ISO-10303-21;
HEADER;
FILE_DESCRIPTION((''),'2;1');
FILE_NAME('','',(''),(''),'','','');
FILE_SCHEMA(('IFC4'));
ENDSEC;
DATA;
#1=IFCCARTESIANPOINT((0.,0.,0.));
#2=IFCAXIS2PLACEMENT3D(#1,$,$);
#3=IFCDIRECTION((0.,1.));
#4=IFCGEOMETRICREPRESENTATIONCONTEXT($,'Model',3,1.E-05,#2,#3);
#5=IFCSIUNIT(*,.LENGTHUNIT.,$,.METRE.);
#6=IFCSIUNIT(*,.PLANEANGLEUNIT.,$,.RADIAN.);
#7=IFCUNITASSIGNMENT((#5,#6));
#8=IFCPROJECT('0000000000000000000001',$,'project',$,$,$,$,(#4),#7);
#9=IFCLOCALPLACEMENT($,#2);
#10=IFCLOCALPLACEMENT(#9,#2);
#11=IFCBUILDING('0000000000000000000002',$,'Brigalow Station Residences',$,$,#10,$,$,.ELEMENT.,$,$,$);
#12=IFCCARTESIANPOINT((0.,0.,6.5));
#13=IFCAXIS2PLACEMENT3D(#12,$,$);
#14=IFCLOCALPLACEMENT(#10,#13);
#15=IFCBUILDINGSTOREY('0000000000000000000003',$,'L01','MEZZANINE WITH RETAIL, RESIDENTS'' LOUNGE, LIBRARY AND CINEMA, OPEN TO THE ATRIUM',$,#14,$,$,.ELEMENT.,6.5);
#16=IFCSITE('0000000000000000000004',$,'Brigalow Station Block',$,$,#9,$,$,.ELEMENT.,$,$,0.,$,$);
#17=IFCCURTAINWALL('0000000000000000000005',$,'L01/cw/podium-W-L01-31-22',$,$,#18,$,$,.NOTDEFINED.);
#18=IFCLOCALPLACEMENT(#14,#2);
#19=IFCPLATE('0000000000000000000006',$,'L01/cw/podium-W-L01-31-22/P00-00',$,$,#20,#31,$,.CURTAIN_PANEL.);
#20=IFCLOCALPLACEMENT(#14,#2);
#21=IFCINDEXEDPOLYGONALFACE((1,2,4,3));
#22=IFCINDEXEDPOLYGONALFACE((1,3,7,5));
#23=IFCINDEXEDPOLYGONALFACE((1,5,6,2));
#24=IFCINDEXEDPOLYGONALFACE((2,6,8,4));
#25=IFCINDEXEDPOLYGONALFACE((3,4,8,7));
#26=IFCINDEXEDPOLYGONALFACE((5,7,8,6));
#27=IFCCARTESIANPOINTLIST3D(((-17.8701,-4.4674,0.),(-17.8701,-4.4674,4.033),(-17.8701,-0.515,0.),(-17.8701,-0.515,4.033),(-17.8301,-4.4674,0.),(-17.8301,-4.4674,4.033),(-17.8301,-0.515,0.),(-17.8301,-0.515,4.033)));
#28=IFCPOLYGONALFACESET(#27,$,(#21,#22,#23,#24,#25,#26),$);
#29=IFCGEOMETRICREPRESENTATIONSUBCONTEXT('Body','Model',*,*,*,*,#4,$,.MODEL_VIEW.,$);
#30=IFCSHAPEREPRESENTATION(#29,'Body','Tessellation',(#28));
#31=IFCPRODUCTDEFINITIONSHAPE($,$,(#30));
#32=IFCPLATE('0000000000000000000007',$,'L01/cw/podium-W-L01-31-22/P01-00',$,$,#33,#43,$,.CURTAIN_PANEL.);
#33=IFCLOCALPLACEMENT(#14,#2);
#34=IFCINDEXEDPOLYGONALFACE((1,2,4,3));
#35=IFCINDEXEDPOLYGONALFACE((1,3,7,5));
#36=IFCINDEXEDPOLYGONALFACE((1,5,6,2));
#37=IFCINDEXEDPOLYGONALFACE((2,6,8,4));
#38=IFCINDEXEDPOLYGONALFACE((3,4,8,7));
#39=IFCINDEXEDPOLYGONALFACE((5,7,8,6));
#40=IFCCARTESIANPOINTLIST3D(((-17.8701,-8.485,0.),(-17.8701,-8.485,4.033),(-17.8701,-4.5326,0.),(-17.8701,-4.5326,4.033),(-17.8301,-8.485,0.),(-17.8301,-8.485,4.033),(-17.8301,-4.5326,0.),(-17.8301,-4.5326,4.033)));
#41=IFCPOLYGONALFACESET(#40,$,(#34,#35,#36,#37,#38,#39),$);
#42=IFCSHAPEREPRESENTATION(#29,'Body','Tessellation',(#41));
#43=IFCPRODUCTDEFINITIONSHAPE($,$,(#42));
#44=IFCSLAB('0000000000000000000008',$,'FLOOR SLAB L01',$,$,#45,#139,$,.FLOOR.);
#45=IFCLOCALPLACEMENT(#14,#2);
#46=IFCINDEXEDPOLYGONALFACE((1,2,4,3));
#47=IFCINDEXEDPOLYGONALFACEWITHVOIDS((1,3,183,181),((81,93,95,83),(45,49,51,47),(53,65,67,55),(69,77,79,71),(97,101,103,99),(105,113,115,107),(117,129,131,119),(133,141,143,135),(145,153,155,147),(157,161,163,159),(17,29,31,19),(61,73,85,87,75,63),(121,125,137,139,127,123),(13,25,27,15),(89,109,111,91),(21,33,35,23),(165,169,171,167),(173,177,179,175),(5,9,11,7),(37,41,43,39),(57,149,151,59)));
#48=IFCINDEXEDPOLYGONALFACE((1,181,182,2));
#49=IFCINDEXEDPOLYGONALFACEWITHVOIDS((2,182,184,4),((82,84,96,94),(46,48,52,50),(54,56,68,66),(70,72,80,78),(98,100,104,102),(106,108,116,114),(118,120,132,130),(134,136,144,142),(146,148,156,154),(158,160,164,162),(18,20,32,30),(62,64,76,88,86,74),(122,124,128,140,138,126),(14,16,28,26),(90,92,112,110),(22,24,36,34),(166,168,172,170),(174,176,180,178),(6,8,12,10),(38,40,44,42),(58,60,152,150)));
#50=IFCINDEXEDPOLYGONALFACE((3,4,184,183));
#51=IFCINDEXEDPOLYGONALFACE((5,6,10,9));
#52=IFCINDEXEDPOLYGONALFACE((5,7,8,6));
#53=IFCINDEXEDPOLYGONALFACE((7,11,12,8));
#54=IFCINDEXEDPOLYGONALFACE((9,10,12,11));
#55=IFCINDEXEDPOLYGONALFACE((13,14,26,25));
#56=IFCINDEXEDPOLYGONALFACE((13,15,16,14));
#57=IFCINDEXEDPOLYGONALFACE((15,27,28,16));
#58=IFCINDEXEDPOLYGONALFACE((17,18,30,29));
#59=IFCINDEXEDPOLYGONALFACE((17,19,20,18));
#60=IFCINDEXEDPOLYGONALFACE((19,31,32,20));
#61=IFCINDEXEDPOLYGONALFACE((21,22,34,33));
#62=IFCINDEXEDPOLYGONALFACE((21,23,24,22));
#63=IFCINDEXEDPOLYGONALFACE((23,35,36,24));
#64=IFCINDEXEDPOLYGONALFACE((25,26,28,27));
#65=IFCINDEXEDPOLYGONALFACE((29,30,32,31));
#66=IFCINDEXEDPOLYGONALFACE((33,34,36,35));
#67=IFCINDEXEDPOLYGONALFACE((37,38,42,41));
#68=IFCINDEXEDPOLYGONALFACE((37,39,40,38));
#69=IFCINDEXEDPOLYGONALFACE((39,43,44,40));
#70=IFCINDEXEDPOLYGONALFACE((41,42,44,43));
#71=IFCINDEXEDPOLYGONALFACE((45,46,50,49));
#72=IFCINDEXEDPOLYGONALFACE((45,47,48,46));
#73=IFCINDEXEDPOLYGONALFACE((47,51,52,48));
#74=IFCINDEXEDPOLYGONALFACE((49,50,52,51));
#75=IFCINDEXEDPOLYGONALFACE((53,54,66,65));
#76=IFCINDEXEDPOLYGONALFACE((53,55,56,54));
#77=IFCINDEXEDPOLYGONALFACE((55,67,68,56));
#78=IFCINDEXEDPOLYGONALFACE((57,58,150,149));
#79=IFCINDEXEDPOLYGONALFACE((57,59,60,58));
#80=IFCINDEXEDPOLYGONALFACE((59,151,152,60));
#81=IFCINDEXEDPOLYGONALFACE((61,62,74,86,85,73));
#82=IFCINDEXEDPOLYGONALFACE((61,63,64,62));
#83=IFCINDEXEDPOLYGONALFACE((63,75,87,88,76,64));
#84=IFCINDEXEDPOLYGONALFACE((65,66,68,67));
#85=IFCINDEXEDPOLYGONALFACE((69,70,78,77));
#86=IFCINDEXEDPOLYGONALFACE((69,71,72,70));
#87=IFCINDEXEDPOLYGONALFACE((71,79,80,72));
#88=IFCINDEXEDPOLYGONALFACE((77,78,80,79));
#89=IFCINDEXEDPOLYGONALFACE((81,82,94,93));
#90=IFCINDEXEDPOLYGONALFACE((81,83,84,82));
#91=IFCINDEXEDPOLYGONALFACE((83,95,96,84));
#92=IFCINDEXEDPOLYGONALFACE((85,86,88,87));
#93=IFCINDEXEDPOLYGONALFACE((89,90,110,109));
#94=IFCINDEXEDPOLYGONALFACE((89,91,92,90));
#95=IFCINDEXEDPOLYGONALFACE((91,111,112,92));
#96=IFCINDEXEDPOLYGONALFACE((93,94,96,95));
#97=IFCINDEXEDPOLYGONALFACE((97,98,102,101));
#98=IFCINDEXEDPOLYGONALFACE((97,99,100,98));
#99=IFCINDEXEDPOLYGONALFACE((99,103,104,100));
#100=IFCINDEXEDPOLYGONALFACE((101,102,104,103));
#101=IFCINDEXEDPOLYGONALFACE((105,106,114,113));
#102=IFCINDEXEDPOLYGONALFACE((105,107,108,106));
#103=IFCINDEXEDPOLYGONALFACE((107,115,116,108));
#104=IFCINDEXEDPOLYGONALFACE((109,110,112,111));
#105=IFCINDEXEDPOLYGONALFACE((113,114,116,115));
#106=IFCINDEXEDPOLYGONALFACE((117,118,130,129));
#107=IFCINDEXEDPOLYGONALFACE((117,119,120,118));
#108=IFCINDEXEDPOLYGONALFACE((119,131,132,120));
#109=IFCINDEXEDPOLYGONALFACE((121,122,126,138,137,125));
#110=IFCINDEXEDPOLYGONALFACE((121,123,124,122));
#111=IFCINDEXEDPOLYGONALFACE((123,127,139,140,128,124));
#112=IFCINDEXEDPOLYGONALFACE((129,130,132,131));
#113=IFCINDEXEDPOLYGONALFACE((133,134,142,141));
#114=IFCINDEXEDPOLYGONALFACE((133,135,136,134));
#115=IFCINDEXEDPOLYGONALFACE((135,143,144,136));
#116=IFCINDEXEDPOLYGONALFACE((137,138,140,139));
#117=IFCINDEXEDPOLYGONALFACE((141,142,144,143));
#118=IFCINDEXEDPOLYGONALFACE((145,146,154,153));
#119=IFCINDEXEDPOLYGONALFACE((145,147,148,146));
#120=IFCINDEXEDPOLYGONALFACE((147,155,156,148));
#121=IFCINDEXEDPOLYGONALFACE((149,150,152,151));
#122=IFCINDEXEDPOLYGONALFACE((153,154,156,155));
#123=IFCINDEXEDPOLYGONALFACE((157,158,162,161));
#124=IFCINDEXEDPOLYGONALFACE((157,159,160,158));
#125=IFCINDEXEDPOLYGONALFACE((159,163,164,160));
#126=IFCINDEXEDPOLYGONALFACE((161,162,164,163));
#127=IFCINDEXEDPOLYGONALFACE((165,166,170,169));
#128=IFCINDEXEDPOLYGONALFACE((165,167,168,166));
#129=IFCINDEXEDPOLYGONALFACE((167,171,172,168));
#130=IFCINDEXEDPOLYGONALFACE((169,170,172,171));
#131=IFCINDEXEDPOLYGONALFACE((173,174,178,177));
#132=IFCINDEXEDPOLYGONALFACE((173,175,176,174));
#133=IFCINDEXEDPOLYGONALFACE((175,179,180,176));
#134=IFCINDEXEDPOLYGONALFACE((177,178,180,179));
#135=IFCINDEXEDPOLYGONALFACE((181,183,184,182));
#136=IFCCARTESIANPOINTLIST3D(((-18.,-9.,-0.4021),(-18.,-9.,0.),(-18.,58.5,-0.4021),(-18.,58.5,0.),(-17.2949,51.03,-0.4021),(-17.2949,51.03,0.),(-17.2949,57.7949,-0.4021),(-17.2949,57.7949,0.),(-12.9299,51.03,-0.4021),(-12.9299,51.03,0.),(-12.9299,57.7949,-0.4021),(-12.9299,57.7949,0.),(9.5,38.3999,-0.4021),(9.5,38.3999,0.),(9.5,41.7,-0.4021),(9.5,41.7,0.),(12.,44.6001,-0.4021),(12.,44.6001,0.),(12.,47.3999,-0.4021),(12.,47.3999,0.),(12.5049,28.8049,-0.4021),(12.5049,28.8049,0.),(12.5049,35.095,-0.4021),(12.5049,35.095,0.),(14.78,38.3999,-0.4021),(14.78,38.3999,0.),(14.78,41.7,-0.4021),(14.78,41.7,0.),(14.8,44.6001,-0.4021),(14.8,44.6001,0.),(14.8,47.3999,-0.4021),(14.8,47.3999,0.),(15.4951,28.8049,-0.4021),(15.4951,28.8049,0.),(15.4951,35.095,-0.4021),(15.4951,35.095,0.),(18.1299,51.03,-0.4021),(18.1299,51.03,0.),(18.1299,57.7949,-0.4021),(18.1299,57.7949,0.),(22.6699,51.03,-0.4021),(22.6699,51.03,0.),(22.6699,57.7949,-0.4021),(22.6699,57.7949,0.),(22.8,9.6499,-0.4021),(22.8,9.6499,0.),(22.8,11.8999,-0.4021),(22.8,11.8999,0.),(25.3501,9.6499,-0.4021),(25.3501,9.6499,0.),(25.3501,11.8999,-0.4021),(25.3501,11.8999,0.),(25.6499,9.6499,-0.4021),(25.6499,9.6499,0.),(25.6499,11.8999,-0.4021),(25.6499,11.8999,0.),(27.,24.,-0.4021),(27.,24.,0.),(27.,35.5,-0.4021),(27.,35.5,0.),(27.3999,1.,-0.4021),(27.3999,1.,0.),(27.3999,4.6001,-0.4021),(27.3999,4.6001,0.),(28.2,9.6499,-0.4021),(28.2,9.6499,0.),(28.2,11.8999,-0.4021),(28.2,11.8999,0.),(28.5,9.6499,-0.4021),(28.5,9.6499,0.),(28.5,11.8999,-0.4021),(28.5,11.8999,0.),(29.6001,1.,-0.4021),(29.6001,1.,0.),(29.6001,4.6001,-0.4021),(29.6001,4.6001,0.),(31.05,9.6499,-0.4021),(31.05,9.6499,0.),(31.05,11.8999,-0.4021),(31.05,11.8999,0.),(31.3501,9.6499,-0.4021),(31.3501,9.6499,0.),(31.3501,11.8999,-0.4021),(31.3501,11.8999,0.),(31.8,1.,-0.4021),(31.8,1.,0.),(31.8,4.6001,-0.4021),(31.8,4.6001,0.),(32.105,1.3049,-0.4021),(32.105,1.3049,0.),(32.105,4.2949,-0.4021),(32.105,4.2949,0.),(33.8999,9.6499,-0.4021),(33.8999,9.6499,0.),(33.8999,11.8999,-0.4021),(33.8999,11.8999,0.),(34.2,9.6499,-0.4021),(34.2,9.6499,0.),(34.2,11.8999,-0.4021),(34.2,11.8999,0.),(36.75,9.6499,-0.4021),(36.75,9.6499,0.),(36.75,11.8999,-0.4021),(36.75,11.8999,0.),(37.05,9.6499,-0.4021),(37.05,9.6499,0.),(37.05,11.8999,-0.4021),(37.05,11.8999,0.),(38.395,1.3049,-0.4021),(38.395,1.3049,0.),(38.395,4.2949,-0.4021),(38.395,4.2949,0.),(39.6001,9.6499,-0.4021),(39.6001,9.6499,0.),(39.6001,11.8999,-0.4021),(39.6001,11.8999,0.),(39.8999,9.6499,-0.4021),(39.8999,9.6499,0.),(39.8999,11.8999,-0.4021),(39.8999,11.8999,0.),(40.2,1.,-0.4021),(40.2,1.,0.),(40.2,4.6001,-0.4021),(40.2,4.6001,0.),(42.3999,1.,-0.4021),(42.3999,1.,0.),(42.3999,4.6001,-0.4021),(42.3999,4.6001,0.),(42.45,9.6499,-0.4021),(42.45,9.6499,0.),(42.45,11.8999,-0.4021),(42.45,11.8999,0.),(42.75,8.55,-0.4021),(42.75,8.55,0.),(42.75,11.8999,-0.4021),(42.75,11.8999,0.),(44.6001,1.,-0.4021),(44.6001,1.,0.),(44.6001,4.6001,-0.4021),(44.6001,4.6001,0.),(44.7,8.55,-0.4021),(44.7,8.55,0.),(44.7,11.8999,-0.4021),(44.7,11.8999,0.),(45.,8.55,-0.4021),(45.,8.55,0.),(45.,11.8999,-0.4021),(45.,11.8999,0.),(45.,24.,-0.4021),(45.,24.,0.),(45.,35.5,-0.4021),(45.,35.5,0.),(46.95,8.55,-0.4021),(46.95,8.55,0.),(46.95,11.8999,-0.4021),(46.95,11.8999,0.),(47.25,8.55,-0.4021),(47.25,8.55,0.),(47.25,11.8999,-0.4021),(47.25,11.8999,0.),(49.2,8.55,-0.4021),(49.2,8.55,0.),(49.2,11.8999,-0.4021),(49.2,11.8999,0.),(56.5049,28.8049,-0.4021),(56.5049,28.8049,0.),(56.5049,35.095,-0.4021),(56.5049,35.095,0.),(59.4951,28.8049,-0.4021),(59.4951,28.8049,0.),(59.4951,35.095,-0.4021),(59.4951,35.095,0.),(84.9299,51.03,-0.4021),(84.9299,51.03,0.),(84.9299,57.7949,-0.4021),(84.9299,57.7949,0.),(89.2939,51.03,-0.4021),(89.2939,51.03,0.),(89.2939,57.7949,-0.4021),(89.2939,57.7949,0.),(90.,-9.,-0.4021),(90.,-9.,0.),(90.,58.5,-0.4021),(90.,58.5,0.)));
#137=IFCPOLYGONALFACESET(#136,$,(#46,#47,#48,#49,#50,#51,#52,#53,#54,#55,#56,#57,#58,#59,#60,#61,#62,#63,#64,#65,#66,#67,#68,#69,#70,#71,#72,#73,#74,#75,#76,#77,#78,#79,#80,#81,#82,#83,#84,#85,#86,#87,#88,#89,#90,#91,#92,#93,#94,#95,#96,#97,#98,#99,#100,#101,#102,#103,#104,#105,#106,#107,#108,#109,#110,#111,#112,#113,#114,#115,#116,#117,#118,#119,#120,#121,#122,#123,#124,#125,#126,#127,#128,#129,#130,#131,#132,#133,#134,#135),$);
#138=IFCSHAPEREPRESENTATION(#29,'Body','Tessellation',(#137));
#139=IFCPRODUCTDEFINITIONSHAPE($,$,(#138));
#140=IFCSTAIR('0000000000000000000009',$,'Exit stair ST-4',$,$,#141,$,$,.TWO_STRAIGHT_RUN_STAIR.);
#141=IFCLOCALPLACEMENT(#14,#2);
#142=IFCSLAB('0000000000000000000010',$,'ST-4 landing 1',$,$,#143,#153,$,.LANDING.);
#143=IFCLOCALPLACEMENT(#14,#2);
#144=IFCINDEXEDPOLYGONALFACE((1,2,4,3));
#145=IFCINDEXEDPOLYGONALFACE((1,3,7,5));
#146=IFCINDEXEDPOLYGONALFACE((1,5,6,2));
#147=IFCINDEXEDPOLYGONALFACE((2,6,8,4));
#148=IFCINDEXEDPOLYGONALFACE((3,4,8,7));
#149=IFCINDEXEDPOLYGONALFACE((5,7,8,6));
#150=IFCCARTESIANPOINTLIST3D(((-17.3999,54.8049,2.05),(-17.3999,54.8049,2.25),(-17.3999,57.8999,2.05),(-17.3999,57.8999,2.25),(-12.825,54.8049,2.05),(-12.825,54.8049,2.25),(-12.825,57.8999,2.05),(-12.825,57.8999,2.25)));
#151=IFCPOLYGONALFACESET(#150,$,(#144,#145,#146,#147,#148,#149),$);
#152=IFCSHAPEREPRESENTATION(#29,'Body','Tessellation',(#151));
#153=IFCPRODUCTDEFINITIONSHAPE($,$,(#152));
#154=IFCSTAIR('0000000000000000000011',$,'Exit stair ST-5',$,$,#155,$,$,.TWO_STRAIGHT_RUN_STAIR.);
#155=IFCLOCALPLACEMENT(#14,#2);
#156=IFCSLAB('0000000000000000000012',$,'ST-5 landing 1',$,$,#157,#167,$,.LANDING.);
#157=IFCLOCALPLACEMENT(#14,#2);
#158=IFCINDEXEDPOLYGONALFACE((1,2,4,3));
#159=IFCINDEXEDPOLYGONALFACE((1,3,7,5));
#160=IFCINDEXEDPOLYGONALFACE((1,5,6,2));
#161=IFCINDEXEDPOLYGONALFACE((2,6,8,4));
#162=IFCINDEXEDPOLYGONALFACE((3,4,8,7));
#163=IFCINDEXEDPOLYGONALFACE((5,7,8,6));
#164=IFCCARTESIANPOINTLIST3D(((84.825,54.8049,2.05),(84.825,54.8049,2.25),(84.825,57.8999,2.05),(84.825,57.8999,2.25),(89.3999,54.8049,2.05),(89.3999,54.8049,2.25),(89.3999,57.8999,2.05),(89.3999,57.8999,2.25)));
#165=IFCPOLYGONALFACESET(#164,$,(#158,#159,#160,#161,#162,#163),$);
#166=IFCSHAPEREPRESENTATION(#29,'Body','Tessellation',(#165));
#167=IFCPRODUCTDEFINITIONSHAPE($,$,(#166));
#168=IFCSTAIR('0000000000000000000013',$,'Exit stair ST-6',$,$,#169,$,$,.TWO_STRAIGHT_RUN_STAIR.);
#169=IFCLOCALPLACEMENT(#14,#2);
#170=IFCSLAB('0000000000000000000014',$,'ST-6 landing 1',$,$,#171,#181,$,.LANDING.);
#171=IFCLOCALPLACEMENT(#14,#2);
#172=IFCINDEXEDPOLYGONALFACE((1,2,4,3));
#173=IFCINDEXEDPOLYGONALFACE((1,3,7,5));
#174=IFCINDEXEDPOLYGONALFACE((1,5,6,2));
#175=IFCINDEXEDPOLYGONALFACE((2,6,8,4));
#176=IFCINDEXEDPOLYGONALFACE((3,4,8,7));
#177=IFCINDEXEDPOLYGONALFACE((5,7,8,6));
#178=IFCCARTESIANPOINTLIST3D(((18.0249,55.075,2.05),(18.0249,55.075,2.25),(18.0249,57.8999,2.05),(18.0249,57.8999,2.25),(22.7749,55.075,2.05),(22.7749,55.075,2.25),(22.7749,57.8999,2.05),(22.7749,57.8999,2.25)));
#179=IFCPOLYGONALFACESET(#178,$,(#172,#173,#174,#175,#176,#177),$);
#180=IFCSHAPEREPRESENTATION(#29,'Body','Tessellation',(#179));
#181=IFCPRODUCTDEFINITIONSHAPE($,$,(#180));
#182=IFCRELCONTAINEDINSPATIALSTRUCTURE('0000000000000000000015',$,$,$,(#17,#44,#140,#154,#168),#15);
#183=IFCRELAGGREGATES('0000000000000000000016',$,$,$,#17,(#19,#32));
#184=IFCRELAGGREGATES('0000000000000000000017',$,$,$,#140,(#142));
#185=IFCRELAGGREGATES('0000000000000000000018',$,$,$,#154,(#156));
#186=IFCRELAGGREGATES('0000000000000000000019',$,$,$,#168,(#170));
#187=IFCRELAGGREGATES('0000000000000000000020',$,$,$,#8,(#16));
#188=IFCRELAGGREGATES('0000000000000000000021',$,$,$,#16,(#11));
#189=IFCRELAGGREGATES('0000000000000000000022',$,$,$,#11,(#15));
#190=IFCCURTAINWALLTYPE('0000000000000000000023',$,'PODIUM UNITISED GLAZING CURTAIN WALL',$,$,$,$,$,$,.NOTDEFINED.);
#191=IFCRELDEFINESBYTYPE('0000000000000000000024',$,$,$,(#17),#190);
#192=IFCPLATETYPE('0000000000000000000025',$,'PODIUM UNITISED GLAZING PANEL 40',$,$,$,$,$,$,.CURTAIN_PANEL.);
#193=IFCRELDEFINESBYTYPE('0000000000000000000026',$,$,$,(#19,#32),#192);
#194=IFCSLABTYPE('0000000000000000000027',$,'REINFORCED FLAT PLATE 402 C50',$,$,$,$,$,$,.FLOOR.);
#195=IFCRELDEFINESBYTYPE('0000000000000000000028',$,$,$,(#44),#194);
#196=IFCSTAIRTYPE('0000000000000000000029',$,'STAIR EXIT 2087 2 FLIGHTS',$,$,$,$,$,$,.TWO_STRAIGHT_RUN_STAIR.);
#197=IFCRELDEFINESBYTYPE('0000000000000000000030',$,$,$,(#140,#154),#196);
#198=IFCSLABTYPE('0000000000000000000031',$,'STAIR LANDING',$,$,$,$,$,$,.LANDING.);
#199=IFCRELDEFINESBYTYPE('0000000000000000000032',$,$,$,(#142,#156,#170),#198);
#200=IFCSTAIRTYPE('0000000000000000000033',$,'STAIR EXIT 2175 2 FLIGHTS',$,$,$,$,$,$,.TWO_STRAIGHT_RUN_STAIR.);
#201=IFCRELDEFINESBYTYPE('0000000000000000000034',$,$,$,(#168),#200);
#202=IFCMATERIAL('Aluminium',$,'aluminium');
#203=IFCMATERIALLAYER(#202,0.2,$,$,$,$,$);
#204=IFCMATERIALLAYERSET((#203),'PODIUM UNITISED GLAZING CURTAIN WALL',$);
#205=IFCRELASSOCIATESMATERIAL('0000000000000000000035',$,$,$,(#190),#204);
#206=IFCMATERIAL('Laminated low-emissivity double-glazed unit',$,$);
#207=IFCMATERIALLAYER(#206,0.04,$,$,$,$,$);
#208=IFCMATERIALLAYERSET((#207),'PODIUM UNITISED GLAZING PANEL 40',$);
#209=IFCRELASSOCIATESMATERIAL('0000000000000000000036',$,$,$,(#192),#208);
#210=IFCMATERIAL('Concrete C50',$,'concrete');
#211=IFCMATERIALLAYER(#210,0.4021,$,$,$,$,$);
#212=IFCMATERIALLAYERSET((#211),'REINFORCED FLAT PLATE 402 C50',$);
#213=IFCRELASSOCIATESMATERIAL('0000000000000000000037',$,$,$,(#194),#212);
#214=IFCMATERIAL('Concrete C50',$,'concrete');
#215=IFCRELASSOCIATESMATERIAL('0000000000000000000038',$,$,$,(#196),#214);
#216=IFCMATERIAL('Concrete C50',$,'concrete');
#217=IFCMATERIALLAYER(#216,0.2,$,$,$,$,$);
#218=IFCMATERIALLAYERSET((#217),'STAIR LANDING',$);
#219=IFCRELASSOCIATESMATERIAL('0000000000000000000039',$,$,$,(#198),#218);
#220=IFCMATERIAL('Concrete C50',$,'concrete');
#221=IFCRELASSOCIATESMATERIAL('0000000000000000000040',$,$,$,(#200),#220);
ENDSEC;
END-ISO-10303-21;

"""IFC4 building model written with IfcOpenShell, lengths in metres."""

from ifc_helpers import new_model, si_unit, direction, frame, origin, origin_2d, place, context, subcontext, project, spatial, polyline, rectangle, outline, extrude, material, layer, layer_set, type_object, element, aggregate, save


model = new_model("IFC4")

# Units and contexts
model_context = context("Model", 3, precision=1e-05, world=origin(), true_north=direction((0.0, 1.0)))
body_context = subcontext(model_context, "Body", "Model", "MODEL_VIEW")
ifc_project = project(units=[si_unit("LENGTHUNIT", "METRE"), si_unit("PLANEANGLEUNIT", "RADIAN")], contexts=[model_context])

# Site, building, storey
site_placement = place(None, origin())
site = spatial("IfcSite", under=ifc_project, at=site_placement, Name="Brigalow Station Block", CompositionType="ELEMENT", RefElevation=0.0)
building_placement = place(site_placement, origin())
building = spatial("IfcBuilding", under=site, at=building_placement, Name="Brigalow Station Residences", CompositionType="ELEMENT")
storey_placement = place(building_placement, frame((0.0, 0.0, 6.5)))
storey = spatial("IfcBuildingStorey", under=building, at=storey_placement, Name="L01", Description="MEZZANINE WITH RETAIL, RESIDENTS' LOUNGE, LIBRARY AND CINEMA, OPEN TO THE ATRIUM", CompositionType="ELEMENT", Elevation=6.5)

# Curtain wall, plates
ifc_material_1 = material(Name="Aluminium", Category="aluminium")
ifc_layer_1 = layer(ifc_material_1, 0.2)
ifc_layer_set_1 = layer_set([ifc_layer_1], Name="PODIUM UNITISED GLAZING CURTAIN WALL")
curtain_wall_type = type_object("IfcCurtainWallType", Name="PODIUM UNITISED GLAZING CURTAIN WALL", PredefinedType="NOTDEFINED", material=ifc_layer_set_1)
curtain_wall_placement = place(storey_placement, origin())
curtain_wall = element("IfcCurtainWall", 1, at=curtain_wall_placement, inside=storey, type_object=curtain_wall_type, Name="L01/cw/podium-W-L01-31-22", PredefinedType="NOTDEFINED")
ifc_material_2 = material(Name="Laminated low-emissivity double-glazed unit")
ifc_layer_2 = layer(ifc_material_2, 0.04)
ifc_layer_set_2 = layer_set([ifc_layer_2], Name="PODIUM UNITISED GLAZING PANEL 40")
plate_type = type_object("IfcPlateType", Name="PODIUM UNITISED GLAZING PANEL 40", PredefinedType="CURTAIN_PANEL", material=ifc_layer_set_2)
plate_1_placement = place(storey_placement, frame((-17.8501, -2.4912, 0.0), z_axis=(0.0, 0.0, 1.0), x_axis=(0.0, -1.0, 0.0)))
plate_1 = element("IfcPlate", 2, at=plate_1_placement, type_object=plate_type, Name="L01/cw/podium-W-L01-31-22/P00-00", PredefinedType="CURTAIN_PANEL", context=body_context, shape_type="SweptSolid", body=[
    extrude(rectangle(XDim=3.9524, YDim=0.04, at=origin_2d()), origin(), (0.0, 0.0, 1.0), 4.033),
])
plate_2_placement = place(storey_placement, frame((-17.8501, -6.5088, 0.0), z_axis=(0.0, 0.0, 1.0), x_axis=(0.0, -1.0, 0.0)))
plate_2 = element("IfcPlate", 3, at=plate_2_placement, type_object=plate_type, Name="L01/cw/podium-W-L01-31-22/P01-00", PredefinedType="CURTAIN_PANEL", context=body_context, shape_type="SweptSolid", body=[
    extrude(rectangle(XDim=3.9524, YDim=0.04, at=origin_2d()), origin(), (0.0, 0.0, 1.0), 4.033),
])
aggregate(curtain_wall, [plate_1, plate_2])

# Slab
ifc_material_3 = material(Name="Concrete C50", Category="concrete")
ifc_layer_3 = layer(ifc_material_3, 0.4021)
ifc_layer_set_3 = layer_set([ifc_layer_3], Name="REINFORCED FLAT PLATE 402 C50")
slab_type_1 = type_object("IfcSlabType", Name="REINFORCED FLAT PLATE 402 C50", PredefinedType="FLOOR", material=ifc_layer_set_3)
slab_1_placement = place(storey_placement, frame((0.0, 0.0, -0.4021)))
element("IfcSlab", 4, at=slab_1_placement, inside=storey, type_object=slab_type_1, Name="FLOOR SLAB L01", PredefinedType="FLOOR", context=body_context, shape_type="SweptSolid", body=[
    extrude(outline(polyline([(-18.0, -9.0), (90.0, -9.0), (90.0, 58.5), (-18.0, 58.5), (-18.0, -9.0)]), holes=[polyline([(-12.9299, 57.7949), (-12.9299, 51.03), (-17.2949, 51.03), (-17.2949, 57.7949), (-12.9299, 57.7949)]), polyline([(9.5, 41.7), (14.78, 41.7), (14.78, 38.3999), (9.5, 38.3999), (9.5, 41.7)]), polyline([(14.8, 47.3999), (14.8, 44.6001), (12.0, 44.6001), (12.0, 47.3999), (14.8, 47.3999)]), polyline([(15.4951, 35.095), (15.4951, 28.8049), (12.5049, 28.8049), (12.5049, 35.095), (15.4951, 35.095)]), polyline([(18.1299, 57.7949), (22.6699, 57.7949), (22.6699, 51.03), (18.1299, 51.03), (18.1299, 57.7949)]), polyline([(25.3501, 11.8999), (25.3501, 9.6499), (22.8, 9.6499), (22.8, 11.8999), (25.3501, 11.8999)]), polyline([(27.0, 35.5), (45.0, 35.5), (45.0, 24.0), (27.0, 24.0), (27.0, 35.5)]), polyline([(28.2, 11.8999), (28.2, 9.6499), (25.6499, 9.6499), (25.6499, 11.8999), (28.2, 11.8999)]), polyline([(28.5, 11.8999), (31.05, 11.8999), (31.05, 9.6499), (28.5, 9.6499), (28.5, 11.8999)]), polyline([(29.6001, 1.0), (27.3999, 1.0), (27.3999, 4.6001), (29.6001, 4.6001), (31.8, 4.6001), (31.8, 1.0), (29.6001, 1.0)]), polyline([(32.105, 4.2949), (38.395, 4.2949), (38.395, 1.3049), (32.105, 1.3049), (32.105, 4.2949)]), polyline([(33.8999, 11.8999), (33.8999, 9.6499), (31.3501, 9.6499), (31.3501, 11.8999), (33.8999, 11.8999)]), polyline([(34.2, 11.8999), (36.75, 11.8999), (36.75, 9.6499), (34.2, 9.6499), (34.2, 11.8999)]), polyline([(39.6001, 11.8999), (39.6001, 9.6499), (37.05, 9.6499), (37.05, 11.8999), (39.6001, 11.8999)]), polyline([(40.2, 1.0), (40.2, 4.6001), (42.3999, 4.6001), (44.6001, 4.6001), (44.6001, 1.0), (42.3999, 1.0), (40.2, 1.0)]), polyline([(42.45, 11.8999), (42.45, 9.6499), (39.8999, 9.6499), (39.8999, 11.8999), (42.45, 11.8999)]), polyline([(42.75, 11.8999), (44.7, 11.8999), (44.7, 8.55), (42.75, 8.55), (42.75, 11.8999)]), polyline([(46.95, 11.8999), (46.95, 8.55), (45.0, 8.55), (45.0, 11.8999), (46.95, 11.8999)]), polyline([(49.2, 11.8999), (49.2, 8.55), (47.25, 8.55), (47.25, 11.8999), (49.2, 11.8999)]), polyline([(59.4951, 35.095), (59.4951, 28.8049), (56.5049, 28.8049), (56.5049, 35.095), (59.4951, 35.095)]), polyline([(89.2939, 57.7949), (89.2939, 51.03), (84.9299, 51.03), (84.9299, 57.7949), (89.2939, 57.7949)])]), origin(), (0.0, 0.0, 1.0), 0.4021),
])

# Stairs, slabs
ifc_material_4 = material(Name="Concrete C50", Category="concrete")
stair_type_1 = type_object("IfcStairType", Name="STAIR EXIT 2087 2 FLIGHTS", PredefinedType="TWO_STRAIGHT_RUN_STAIR", material=ifc_material_4)
stair_1_placement = place(storey_placement, origin())
stair_1 = element("IfcStair", 5, at=stair_1_placement, inside=storey, type_object=stair_type_1, Name="Exit stair ST-4", PredefinedType="TWO_STRAIGHT_RUN_STAIR")
ifc_material_5 = material(Name="Concrete C50", Category="concrete")
ifc_layer_4 = layer(ifc_material_5, 0.2)
ifc_layer_set_4 = layer_set([ifc_layer_4], Name="STAIR LANDING")
slab_type_2 = type_object("IfcSlabType", Name="STAIR LANDING", PredefinedType="LANDING", material=ifc_layer_set_4)
slab_2_placement = place(storey_placement, frame((0.0, 0.0, 2.05)))
slab_2 = element("IfcSlab", 6, at=slab_2_placement, type_object=slab_type_2, Name="ST-4 landing 1", PredefinedType="LANDING", context=body_context, shape_type="SweptSolid", body=[
    extrude(outline(polyline([(-17.3999, 54.8049), (-12.825, 54.8049), (-12.825, 57.8999), (-17.3999, 57.8999), (-17.3999, 54.8049)])), origin(), (0.0, 0.0, 1.0), 0.2),
])
aggregate(stair_1, [slab_2])
stair_2_placement = place(storey_placement, origin())
stair_2 = element("IfcStair", 7, at=stair_2_placement, inside=storey, type_object=stair_type_1, Name="Exit stair ST-5", PredefinedType="TWO_STRAIGHT_RUN_STAIR")
slab_3_placement = place(storey_placement, frame((0.0, 0.0, 2.05)))
slab_3 = element("IfcSlab", 8, at=slab_3_placement, type_object=slab_type_2, Name="ST-5 landing 1", PredefinedType="LANDING", context=body_context, shape_type="SweptSolid", body=[
    extrude(outline(polyline([(84.825, 54.8049), (89.3999, 54.8049), (89.3999, 57.8999), (84.825, 57.8999), (84.825, 54.8049)])), origin(), (0.0, 0.0, 1.0), 0.2),
])
aggregate(stair_2, [slab_3])
ifc_material_6 = material(Name="Concrete C50", Category="concrete")
stair_type_2 = type_object("IfcStairType", Name="STAIR EXIT 2175 2 FLIGHTS", PredefinedType="TWO_STRAIGHT_RUN_STAIR", material=ifc_material_6)
stair_3_placement = place(storey_placement, origin())
stair_3 = element("IfcStair", 9, at=stair_3_placement, inside=storey, type_object=stair_type_2, Name="Exit stair ST-6", PredefinedType="TWO_STRAIGHT_RUN_STAIR")
slab_4_placement = place(storey_placement, frame((0.0, 0.0, 2.05)))
slab_4 = element("IfcSlab", 10, at=slab_4_placement, type_object=slab_type_2, Name="ST-6 landing 1", PredefinedType="LANDING", context=body_context, shape_type="SweptSolid", body=[
    extrude(outline(polyline([(18.0249, 55.075), (22.7749, 55.075), (22.7749, 57.8999), (18.0249, 57.8999), (18.0249, 55.075)])), origin(), (0.0, 0.0, 1.0), 0.2),
])
aggregate(stair_3, [slab_4])

save(model, "model.ifc")
